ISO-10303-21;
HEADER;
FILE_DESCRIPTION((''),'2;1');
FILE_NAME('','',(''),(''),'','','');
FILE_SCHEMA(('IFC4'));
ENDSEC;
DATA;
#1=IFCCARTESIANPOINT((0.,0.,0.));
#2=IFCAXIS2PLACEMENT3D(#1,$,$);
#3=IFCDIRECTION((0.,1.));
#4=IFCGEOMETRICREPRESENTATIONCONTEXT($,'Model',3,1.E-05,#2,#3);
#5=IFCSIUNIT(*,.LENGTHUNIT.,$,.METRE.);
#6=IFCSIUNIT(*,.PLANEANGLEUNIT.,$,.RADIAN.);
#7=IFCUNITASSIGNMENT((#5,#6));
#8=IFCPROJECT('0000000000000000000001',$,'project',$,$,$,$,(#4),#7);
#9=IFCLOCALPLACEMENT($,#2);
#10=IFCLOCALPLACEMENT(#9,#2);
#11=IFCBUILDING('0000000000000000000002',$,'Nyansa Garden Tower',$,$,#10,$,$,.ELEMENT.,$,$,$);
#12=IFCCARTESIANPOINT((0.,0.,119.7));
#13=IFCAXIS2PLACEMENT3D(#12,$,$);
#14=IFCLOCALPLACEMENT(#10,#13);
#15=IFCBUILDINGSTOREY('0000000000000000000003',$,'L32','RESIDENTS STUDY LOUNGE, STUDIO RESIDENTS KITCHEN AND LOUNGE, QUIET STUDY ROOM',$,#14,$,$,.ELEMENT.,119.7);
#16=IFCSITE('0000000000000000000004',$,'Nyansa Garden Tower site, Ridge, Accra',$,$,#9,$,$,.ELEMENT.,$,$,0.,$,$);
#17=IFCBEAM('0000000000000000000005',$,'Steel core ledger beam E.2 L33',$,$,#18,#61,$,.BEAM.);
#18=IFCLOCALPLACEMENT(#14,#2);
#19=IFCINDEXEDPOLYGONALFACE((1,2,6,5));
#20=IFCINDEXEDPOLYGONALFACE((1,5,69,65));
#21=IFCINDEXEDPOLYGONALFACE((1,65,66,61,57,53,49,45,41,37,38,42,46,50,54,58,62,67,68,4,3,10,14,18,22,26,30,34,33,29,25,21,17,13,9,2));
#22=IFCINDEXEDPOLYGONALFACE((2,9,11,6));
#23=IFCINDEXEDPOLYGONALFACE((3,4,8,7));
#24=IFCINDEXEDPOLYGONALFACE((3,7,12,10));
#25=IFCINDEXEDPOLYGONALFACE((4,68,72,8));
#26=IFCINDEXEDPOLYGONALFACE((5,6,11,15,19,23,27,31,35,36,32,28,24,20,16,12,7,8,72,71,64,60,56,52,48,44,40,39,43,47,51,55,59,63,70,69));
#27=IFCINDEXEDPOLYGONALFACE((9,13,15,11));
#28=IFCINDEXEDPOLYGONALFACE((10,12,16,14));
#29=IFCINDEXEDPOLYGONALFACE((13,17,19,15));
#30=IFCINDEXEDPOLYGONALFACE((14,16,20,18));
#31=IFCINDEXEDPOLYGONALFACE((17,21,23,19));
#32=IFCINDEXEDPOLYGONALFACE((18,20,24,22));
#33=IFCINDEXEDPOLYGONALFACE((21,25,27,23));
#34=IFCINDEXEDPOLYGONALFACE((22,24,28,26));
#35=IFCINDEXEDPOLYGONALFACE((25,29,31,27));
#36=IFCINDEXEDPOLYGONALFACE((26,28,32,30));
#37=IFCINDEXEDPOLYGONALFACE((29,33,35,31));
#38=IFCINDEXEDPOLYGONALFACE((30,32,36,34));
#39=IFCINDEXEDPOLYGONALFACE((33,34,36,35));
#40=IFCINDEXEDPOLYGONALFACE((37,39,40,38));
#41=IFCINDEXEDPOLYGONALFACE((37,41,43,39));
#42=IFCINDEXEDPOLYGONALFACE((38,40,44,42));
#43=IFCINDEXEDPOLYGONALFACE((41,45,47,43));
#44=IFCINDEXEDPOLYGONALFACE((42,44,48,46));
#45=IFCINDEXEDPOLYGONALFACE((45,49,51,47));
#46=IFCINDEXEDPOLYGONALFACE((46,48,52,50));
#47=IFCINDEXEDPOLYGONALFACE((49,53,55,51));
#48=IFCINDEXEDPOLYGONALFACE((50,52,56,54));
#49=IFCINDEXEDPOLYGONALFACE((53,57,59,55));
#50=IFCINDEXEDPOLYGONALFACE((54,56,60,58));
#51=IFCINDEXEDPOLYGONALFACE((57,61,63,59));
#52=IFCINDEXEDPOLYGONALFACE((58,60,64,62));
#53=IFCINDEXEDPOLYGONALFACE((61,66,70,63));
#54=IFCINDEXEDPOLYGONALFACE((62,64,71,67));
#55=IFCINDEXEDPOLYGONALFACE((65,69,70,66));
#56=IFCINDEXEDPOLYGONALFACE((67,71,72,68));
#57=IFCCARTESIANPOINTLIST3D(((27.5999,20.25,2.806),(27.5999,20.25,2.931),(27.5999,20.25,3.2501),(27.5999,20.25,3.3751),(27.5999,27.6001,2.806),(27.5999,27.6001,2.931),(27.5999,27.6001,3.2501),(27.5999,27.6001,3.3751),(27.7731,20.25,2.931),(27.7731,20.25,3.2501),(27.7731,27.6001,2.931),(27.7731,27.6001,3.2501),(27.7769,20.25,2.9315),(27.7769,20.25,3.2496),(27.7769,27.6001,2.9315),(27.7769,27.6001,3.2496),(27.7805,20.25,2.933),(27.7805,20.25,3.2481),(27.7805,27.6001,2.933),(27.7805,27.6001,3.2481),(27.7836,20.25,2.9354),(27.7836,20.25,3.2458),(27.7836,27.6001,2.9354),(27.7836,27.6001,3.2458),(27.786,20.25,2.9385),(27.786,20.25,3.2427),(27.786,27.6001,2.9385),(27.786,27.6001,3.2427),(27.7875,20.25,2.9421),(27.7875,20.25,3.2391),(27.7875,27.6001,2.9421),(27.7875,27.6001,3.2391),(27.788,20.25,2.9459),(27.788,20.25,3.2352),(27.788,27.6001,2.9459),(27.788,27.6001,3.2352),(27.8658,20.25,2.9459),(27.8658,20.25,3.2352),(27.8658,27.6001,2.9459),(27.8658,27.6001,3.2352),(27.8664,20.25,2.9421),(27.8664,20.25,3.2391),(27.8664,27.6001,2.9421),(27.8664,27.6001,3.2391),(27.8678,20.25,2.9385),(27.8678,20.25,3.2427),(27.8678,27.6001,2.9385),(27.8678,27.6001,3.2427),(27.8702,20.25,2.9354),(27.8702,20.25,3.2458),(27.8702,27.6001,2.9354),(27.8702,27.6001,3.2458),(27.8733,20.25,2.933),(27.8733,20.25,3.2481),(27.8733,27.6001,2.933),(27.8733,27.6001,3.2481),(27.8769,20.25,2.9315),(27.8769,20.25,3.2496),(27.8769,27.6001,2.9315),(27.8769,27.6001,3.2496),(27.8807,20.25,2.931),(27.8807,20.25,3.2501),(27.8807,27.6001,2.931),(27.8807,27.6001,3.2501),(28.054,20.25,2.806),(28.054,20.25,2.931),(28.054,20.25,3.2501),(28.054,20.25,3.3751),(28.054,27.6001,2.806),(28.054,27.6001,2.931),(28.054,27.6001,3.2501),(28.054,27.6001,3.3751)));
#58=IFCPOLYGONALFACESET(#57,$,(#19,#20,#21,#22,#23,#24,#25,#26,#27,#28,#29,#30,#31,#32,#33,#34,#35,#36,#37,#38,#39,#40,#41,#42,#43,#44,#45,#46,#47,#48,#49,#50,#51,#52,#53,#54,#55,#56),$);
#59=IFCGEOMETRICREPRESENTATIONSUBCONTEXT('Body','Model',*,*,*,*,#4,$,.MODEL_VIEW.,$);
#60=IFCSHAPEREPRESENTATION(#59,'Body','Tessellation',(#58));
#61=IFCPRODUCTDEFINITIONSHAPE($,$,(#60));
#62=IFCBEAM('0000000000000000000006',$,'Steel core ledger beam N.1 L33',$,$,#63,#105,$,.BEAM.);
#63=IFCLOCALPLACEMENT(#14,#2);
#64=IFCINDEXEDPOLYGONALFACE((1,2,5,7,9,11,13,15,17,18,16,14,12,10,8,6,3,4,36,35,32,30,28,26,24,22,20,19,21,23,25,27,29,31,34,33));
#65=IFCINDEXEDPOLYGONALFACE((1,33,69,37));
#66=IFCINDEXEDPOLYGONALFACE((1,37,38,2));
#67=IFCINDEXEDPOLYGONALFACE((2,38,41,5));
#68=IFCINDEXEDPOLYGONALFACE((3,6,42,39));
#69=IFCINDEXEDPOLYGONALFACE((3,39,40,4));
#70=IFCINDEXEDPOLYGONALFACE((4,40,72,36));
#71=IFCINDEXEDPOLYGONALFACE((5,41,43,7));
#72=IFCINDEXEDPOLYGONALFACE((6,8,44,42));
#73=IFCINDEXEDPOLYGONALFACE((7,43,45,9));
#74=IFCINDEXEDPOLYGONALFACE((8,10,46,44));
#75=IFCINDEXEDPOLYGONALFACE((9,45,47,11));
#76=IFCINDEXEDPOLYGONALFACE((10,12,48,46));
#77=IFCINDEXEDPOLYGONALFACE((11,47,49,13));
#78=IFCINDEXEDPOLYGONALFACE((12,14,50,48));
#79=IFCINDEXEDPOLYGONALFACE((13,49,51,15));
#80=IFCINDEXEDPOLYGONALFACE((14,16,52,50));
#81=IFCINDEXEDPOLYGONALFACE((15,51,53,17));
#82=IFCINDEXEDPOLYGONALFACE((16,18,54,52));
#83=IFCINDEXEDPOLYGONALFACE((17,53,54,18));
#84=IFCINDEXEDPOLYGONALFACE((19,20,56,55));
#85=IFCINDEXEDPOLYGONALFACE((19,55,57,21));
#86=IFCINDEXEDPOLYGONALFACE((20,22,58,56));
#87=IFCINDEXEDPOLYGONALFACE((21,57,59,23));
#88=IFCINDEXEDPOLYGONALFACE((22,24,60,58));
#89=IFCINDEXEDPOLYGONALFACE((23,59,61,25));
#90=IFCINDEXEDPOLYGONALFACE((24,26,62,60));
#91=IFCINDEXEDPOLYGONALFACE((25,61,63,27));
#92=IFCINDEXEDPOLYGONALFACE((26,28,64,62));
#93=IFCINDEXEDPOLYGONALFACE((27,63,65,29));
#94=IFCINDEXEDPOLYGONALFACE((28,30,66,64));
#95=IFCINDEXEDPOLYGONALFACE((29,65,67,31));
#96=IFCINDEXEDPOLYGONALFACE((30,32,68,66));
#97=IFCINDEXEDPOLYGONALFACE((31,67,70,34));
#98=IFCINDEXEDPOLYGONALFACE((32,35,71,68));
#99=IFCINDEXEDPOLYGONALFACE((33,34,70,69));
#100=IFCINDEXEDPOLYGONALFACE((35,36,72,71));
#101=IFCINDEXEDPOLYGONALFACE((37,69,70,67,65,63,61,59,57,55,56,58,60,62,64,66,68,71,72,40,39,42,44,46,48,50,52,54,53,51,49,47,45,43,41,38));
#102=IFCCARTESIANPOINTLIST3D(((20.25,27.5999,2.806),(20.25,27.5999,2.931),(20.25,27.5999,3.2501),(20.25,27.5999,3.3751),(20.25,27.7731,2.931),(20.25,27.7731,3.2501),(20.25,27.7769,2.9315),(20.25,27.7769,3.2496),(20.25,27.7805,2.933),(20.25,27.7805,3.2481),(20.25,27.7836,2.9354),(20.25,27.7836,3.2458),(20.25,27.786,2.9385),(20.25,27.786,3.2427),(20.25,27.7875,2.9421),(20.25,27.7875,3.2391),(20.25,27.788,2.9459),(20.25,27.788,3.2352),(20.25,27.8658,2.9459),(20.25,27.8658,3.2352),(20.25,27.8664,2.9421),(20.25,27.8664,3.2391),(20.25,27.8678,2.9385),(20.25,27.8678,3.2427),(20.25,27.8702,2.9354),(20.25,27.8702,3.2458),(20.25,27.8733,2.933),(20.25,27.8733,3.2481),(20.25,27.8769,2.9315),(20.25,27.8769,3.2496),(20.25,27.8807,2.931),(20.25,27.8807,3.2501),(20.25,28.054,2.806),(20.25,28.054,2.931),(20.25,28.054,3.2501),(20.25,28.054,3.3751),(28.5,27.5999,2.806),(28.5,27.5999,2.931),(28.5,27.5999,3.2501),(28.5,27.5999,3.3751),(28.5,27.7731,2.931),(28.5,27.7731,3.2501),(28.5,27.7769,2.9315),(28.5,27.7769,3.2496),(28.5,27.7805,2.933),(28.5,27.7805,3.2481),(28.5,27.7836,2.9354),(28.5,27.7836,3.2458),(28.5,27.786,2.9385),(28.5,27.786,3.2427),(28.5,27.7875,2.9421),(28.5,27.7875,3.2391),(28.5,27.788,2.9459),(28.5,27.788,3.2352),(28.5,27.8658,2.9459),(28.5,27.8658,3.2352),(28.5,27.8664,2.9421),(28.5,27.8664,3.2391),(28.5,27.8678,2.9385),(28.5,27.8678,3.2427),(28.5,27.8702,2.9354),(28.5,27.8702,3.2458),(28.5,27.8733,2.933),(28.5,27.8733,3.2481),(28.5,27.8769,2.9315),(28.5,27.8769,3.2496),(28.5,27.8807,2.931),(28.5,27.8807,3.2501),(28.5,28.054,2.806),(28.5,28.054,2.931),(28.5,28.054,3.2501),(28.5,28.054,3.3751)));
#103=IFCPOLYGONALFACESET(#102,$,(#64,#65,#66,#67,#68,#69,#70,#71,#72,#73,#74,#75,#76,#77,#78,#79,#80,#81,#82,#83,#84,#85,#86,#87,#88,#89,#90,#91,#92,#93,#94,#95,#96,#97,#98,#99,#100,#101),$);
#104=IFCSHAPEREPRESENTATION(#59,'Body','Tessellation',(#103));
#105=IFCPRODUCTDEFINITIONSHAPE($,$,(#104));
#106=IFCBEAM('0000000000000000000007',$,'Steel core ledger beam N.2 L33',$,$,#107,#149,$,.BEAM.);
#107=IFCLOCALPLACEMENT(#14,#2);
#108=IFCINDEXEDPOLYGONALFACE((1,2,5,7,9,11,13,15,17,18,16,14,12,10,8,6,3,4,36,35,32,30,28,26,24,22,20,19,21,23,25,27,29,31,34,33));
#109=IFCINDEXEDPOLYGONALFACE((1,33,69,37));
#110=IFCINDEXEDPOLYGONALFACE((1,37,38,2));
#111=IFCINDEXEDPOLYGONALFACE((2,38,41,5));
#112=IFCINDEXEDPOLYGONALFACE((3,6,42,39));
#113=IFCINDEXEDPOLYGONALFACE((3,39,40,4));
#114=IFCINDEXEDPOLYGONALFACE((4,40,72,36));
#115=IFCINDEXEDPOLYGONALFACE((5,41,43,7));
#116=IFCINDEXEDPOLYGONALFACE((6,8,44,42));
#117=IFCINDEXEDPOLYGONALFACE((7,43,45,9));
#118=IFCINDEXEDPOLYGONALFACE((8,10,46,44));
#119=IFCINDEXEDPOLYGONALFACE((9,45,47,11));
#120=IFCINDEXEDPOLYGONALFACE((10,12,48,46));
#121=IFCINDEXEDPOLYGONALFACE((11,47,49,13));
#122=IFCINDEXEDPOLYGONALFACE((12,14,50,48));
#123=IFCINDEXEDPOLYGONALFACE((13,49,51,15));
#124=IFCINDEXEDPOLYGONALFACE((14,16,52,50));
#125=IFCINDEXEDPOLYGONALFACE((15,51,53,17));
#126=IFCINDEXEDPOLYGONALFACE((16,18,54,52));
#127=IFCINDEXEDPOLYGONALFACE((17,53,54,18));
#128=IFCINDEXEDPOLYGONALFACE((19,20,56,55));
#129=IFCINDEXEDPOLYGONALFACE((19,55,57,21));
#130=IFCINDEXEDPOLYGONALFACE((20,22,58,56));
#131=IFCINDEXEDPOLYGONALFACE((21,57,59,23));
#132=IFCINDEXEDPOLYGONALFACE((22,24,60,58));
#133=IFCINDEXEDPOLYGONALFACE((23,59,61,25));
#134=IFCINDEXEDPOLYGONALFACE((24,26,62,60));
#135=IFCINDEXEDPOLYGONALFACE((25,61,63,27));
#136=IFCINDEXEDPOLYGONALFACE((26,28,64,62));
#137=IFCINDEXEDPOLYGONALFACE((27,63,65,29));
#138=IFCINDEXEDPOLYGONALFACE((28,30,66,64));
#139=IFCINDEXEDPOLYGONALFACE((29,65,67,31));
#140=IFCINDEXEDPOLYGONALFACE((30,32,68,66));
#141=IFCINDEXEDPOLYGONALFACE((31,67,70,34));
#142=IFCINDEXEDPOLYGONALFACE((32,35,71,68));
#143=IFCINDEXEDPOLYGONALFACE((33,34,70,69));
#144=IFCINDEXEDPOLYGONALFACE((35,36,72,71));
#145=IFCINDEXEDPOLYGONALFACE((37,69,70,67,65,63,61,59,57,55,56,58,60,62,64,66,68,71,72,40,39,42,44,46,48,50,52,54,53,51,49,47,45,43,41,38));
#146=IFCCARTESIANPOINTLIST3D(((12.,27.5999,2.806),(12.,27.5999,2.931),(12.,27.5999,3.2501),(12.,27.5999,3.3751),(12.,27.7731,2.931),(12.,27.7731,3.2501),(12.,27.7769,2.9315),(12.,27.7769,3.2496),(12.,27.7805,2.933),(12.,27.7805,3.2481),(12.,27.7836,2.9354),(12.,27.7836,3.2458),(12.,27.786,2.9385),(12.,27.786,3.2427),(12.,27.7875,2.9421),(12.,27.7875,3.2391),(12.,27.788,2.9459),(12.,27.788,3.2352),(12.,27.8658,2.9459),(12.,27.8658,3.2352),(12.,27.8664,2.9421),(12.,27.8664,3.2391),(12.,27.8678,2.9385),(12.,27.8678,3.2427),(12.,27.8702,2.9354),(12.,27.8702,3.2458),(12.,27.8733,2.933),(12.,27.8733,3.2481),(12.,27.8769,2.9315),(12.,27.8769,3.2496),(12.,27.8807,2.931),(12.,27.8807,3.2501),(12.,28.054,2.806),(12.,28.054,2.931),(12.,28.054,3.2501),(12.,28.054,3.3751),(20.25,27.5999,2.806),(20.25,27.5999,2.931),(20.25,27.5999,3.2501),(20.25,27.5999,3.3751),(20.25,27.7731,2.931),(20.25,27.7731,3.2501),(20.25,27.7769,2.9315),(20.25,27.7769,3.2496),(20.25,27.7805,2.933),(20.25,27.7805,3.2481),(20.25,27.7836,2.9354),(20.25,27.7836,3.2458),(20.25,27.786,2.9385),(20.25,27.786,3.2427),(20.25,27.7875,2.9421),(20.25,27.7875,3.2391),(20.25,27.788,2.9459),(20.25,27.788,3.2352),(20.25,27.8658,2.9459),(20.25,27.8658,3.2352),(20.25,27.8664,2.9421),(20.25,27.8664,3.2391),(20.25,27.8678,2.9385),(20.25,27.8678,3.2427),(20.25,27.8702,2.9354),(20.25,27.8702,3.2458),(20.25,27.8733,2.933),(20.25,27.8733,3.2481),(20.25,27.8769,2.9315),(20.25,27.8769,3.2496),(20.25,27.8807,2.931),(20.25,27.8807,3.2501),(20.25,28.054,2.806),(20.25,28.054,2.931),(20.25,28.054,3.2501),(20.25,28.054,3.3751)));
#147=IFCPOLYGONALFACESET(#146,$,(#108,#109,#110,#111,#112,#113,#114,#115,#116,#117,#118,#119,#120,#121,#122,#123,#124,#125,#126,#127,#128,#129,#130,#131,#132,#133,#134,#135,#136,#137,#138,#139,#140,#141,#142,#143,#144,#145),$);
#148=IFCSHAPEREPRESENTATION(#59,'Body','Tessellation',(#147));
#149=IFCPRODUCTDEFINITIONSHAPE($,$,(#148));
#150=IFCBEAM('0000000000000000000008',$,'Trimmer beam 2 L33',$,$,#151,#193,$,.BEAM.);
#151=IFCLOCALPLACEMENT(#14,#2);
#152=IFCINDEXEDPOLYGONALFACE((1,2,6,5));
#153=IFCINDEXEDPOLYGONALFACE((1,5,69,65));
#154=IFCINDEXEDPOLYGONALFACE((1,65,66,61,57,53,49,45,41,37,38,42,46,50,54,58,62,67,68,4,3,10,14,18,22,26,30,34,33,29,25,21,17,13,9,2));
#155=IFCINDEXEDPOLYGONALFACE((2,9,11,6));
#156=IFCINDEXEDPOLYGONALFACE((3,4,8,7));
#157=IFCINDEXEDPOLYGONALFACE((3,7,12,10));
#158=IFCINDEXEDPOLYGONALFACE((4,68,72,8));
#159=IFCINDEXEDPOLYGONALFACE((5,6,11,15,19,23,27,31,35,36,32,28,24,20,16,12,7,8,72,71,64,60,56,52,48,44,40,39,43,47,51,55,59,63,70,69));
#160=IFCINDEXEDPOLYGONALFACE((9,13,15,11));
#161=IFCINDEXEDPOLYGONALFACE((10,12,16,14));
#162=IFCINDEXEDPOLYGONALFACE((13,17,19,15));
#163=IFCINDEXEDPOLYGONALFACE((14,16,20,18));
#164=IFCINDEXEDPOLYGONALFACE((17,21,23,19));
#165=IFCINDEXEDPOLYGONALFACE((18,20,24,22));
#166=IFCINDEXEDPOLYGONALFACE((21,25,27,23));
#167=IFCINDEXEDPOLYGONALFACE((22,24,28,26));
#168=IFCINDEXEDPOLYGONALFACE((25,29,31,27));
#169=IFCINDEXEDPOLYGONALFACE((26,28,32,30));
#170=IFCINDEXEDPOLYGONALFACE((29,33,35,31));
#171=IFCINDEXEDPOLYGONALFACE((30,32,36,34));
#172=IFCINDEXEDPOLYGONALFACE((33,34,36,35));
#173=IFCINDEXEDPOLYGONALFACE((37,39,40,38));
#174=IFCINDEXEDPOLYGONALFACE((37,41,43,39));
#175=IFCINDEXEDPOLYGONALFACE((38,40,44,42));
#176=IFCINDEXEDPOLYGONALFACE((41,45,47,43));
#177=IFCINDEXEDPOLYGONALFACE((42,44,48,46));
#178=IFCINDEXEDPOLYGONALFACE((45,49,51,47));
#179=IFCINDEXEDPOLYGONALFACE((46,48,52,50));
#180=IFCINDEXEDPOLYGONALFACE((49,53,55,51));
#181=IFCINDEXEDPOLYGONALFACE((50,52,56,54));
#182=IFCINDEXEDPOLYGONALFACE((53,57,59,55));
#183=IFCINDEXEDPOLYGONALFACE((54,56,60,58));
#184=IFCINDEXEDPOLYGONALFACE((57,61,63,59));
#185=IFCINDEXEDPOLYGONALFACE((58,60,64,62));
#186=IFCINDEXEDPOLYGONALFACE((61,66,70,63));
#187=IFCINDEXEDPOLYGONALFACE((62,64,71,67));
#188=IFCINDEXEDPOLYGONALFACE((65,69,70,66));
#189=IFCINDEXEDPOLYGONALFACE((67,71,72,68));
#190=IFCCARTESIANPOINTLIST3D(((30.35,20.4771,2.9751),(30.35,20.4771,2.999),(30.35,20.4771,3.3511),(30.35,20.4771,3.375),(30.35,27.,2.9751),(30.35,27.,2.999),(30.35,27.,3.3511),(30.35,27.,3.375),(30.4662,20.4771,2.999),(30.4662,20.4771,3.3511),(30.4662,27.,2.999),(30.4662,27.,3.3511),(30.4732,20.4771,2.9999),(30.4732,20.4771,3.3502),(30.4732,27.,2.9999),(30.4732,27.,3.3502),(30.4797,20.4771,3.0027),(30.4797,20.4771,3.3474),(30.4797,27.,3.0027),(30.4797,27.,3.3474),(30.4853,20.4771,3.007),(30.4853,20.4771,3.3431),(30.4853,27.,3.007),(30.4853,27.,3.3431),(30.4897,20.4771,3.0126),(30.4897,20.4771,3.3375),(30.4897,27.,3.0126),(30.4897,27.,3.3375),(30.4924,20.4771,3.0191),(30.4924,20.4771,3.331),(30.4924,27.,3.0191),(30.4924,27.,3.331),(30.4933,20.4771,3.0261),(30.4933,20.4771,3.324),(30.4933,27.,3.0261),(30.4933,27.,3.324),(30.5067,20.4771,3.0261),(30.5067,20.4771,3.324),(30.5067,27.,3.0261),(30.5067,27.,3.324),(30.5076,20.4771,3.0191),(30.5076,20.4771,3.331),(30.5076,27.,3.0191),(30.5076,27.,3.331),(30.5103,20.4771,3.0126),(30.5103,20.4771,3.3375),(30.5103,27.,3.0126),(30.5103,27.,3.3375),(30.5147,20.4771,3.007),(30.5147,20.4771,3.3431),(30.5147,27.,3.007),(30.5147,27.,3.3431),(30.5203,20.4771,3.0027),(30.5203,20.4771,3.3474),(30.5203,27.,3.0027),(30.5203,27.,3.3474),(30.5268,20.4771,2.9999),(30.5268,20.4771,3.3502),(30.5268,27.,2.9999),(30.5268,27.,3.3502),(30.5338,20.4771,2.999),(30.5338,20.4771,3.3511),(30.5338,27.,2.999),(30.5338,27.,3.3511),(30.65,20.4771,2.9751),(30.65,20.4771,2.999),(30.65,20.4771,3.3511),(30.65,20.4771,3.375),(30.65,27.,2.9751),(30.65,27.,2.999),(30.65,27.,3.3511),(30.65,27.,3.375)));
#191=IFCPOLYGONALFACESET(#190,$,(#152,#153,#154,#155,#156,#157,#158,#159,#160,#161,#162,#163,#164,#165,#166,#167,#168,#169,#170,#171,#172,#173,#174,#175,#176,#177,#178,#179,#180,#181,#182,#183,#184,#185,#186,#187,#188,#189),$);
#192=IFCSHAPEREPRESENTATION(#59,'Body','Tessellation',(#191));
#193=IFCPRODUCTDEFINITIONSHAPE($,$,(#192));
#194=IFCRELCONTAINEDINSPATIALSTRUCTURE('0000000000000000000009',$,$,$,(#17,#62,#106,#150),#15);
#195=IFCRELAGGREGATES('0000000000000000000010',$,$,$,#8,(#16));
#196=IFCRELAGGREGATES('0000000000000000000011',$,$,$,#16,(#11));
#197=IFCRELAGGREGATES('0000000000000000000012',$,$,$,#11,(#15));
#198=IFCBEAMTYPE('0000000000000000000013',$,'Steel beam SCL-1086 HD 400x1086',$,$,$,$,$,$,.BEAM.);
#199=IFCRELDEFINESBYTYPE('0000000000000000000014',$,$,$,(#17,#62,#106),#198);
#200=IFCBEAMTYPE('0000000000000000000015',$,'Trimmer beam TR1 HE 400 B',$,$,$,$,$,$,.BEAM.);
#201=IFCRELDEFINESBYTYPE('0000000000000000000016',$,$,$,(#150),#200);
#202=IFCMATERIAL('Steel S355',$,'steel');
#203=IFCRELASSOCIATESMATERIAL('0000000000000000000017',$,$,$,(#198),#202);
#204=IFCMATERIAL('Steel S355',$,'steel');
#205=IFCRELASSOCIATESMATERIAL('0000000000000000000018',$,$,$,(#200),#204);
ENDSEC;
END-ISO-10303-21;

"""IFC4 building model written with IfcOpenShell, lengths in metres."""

from ifc_helpers import new_model, si_unit, direction, frame, origin, origin_2d, place, context, subcontext, project, spatial, i_section, extrude, material, material_profile, profile_set, type_object, element, save


model = new_model("IFC4")

# Units and contexts
model_context = context("Model", 3, precision=1e-05, world=origin(), true_north=direction((0.0, 1.0)))
body_context = subcontext(model_context, "Body", "Model", "MODEL_VIEW")
ifc_project = project(units=[si_unit("LENGTHUNIT", "METRE"), si_unit("PLANEANGLEUNIT", "RADIAN")], contexts=[model_context])

# Site, building, storey
site_placement = place(None, origin())
site = spatial("IfcSite", under=ifc_project, at=site_placement, Name="Nyansa Garden Tower site, Ridge, Accra", CompositionType="ELEMENT", RefElevation=0.0)
building_placement = place(site_placement, origin())
building = spatial("IfcBuilding", under=site, at=building_placement, Name="Nyansa Garden Tower", CompositionType="ELEMENT")
storey_placement = place(building_placement, frame((0.0, 0.0, 119.7)))
storey = spatial("IfcBuildingStorey", under=building, at=storey_placement, Name="L32", Description="RESIDENTS STUDY LOUNGE, STUDIO RESIDENTS KITCHEN AND LOUNGE, QUIET STUDY ROOM", CompositionType="ELEMENT", Elevation=119.7)

# Beams
ifc_material_1 = material(Name="Steel S355", Category="steel")
ifc_material_profile_1 = material_profile(ifc_material_1, i_section(OverallWidth=0.4541, OverallDepth=0.5691, WebThickness=0.0779, FlangeThickness=0.125, FilletRadius=0.0149, at=origin_2d()), Name="HD 400x1086")
ifc_profile_set_1 = profile_set([ifc_material_profile_1], Name="Steel S355")
beam_type_1 = type_object("IfcBeamType", Name="Steel beam SCL-1086 HD 400x1086", PredefinedType="BEAM", material=ifc_profile_set_1)
beam_1_placement = place(storey_placement, frame((27.8269, 20.25, 3.0906), z_axis=(0.0, 1.0, 0.0), x_axis=(-1.0, 0.0, 0.0)))
element("IfcBeam", 1, at=beam_1_placement, inside=storey, type_object=beam_type_1, Name="Steel core ledger beam E.2 L33", PredefinedType="BEAM", context=body_context, shape_type="SweptSolid", body=[
    extrude(i_section(OverallWidth=0.4541, OverallDepth=0.5691, WebThickness=0.0779, FlangeThickness=0.125, FilletRadius=0.0149, at=origin_2d()), origin(), (0.0, 0.0, 1.0), 7.3501),
])
for number, where, z_axis, x_axis, name in (
    (2, (28.5, 27.8269, 3.0906), (-1.0, 0.0, 0.0), (0.0, -1.0, 0.0), "Steel core ledger beam N.1 L33"),
    (3, (20.25, 27.8269, 3.0906), (-1.0, 0.0, 0.0), (0.0, -1.0, 0.0), "Steel core ledger beam N.2 L33"),
):
    element("IfcBeam", number, at=place(storey_placement, frame(where, z_axis=z_axis, x_axis=x_axis)), inside=storey, type_object=beam_type_1, Name=name, PredefinedType="BEAM", context=body_context, shape_type="SweptSolid", body=[
        extrude(i_section(OverallWidth=0.4541, OverallDepth=0.5691, WebThickness=0.0779, FlangeThickness=0.125, FilletRadius=0.0149, at=origin_2d()), origin(), (0.0, 0.0, 1.0), 8.25),
    ])
ifc_material_2 = material(Name="Steel S355", Category="steel")
ifc_material_profile_2 = material_profile(ifc_material_2, i_section(OverallWidth=0.3, OverallDepth=0.3999, WebThickness=0.0134, FlangeThickness=0.0239, FilletRadius=0.0271, at=origin_2d()), Name="HE 400 B")
ifc_profile_set_2 = profile_set([ifc_material_profile_2], Name="Steel S355")
beam_type_2 = type_object("IfcBeamType", Name="Trimmer beam TR1 HE 400 B", PredefinedType="BEAM", material=ifc_profile_set_2)
beam_2_placement = place(storey_placement, frame((30.5, 20.4771, 3.175), z_axis=(0.0, 1.0, 0.0), x_axis=(-1.0, 0.0, 0.0)))
element("IfcBeam", 4, at=beam_2_placement, inside=storey, type_object=beam_type_2, Name="Trimmer beam 2 L33", PredefinedType="BEAM", context=body_context, shape_type="SweptSolid", body=[
    extrude(i_section(OverallWidth=0.3, OverallDepth=0.3999, WebThickness=0.0134, FlangeThickness=0.0239, FilletRadius=0.0271, at=origin_2d()), origin(), (0.0, 0.0, 1.0), 6.5229),
])

save(model, "model.ifc")
